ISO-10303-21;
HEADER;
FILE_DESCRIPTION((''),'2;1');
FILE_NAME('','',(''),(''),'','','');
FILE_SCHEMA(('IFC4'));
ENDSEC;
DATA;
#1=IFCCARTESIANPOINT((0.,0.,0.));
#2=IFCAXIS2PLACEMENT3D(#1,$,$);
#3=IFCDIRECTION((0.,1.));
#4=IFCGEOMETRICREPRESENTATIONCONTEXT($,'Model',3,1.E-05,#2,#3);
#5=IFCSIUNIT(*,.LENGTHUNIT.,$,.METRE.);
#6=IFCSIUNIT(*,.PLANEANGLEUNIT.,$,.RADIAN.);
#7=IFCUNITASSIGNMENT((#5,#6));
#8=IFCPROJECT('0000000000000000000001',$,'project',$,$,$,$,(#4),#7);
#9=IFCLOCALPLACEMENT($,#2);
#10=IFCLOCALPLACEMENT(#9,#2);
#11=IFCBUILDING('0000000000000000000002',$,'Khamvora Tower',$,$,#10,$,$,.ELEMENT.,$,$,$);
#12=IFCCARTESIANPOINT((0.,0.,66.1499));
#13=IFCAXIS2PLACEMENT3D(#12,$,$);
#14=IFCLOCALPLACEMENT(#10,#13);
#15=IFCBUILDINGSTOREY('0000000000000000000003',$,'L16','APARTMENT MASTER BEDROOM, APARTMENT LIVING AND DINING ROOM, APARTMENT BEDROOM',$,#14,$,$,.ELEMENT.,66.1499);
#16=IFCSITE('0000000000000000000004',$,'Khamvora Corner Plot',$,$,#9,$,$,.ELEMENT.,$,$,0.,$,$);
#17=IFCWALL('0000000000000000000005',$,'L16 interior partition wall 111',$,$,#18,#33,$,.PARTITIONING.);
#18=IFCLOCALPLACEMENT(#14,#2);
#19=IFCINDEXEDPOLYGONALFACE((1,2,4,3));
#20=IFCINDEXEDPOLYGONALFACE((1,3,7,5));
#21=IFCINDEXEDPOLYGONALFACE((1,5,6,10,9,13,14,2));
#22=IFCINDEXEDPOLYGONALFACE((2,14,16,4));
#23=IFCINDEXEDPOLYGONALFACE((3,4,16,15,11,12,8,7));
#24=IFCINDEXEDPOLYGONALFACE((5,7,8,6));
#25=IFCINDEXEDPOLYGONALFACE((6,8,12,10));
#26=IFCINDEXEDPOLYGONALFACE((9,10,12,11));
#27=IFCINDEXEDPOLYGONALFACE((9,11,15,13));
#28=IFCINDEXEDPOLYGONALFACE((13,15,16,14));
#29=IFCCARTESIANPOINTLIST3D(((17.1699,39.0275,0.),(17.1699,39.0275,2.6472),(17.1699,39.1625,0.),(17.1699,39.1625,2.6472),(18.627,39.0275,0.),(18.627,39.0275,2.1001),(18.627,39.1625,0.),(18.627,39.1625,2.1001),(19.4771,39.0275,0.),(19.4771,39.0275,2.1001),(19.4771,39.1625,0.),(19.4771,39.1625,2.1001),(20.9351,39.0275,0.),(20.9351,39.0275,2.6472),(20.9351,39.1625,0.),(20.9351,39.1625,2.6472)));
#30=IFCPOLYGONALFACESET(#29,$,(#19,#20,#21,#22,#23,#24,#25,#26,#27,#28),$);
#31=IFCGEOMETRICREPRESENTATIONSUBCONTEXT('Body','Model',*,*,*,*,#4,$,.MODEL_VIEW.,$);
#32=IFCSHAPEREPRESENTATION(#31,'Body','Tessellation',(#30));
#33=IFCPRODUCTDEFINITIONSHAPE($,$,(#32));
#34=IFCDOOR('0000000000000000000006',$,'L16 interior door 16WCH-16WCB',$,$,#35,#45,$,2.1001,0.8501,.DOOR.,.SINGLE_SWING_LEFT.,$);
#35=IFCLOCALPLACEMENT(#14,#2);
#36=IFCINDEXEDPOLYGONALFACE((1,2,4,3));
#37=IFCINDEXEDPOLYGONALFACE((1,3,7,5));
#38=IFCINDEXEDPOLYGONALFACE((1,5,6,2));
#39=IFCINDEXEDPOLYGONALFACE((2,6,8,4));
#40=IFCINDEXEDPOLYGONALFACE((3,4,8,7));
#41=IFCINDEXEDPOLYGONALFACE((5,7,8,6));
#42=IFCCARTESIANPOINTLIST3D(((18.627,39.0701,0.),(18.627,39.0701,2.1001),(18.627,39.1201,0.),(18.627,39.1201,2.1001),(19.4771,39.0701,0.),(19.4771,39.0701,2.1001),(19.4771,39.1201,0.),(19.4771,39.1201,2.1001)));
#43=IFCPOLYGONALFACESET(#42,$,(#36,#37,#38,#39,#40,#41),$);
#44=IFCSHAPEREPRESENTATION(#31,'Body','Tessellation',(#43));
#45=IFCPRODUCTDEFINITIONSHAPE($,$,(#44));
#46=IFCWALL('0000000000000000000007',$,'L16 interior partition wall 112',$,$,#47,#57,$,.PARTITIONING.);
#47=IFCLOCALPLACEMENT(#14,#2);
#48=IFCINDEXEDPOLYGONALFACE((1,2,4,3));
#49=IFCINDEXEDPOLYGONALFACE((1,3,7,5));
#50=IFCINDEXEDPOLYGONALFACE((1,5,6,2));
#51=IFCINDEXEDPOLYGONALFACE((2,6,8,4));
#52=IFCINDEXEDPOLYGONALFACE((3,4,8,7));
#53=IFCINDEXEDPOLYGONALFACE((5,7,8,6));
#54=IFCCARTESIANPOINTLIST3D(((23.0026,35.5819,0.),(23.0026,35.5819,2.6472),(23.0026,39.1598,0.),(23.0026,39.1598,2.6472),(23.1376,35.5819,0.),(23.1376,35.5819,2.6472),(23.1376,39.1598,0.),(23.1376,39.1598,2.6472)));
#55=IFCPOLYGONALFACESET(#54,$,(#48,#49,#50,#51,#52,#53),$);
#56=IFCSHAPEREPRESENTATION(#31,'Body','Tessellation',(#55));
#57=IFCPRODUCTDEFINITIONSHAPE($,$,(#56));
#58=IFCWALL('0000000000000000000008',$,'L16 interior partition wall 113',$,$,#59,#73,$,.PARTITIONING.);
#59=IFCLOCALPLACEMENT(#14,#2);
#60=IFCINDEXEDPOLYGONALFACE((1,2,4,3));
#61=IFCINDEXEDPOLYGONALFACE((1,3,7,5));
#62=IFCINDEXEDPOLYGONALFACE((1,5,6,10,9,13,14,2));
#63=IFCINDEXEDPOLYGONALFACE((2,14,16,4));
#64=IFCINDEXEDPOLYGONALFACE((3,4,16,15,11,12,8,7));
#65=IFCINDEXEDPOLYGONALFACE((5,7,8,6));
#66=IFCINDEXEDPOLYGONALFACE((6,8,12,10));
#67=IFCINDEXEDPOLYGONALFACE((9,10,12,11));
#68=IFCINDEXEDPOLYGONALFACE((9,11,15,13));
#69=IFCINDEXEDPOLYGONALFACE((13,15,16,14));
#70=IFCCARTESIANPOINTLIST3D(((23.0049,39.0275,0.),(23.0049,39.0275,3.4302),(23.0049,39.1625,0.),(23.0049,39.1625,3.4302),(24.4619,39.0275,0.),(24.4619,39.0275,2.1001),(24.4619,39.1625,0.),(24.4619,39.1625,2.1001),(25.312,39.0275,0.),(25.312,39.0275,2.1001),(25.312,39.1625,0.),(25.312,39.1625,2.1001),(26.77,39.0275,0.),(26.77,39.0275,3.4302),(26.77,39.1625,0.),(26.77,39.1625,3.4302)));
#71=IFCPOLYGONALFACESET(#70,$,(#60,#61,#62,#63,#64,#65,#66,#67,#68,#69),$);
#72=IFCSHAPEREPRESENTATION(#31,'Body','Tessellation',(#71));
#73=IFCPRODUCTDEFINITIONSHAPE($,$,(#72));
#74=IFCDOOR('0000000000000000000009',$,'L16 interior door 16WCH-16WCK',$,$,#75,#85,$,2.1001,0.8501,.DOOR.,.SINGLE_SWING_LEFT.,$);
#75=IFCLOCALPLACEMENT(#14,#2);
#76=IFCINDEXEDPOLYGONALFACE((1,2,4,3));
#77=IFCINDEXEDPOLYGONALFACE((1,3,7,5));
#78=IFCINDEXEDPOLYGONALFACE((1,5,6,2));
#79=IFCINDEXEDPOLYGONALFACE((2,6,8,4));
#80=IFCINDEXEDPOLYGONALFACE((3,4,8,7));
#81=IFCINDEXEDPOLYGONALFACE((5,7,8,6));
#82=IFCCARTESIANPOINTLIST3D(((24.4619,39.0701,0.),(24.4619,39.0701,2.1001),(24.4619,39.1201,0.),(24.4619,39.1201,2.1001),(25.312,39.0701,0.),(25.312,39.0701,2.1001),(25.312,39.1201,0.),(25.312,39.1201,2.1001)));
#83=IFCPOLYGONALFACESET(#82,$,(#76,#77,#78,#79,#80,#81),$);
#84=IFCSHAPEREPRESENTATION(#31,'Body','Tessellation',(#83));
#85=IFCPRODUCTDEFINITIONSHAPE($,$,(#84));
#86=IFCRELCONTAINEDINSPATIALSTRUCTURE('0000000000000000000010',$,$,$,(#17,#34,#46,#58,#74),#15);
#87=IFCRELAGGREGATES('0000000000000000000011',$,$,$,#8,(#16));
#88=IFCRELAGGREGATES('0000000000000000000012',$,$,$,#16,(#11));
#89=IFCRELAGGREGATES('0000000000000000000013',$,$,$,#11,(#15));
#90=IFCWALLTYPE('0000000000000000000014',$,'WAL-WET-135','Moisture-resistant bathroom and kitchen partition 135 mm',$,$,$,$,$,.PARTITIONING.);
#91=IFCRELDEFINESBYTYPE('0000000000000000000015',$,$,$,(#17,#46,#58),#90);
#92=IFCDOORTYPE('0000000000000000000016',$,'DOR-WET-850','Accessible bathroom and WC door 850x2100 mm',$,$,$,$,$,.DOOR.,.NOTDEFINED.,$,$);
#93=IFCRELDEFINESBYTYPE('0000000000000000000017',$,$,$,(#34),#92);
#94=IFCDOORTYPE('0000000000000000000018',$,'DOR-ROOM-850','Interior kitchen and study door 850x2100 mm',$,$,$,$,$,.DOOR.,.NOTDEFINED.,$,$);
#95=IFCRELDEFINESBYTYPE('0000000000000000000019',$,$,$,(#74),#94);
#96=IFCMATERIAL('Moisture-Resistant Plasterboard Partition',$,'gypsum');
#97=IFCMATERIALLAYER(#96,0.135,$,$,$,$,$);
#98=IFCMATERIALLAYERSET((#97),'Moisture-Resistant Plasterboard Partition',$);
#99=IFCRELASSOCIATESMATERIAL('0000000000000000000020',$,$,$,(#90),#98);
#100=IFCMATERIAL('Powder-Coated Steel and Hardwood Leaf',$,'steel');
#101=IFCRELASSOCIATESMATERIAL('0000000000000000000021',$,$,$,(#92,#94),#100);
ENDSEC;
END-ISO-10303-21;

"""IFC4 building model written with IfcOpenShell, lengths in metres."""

from ifc_helpers import new_model, si_unit, direction, frame, frame_2d, origin, place, context, subcontext, project, spatial, rectangle, extrude, material, layer, layer_set, type_object, element, fill, save


model = new_model("IFC4")

# Units and contexts
model_context = context("Model", 3, precision=1e-05, world=origin(), true_north=direction((0.0, 1.0)))
body_context = subcontext(model_context, "Body", "Model", "MODEL_VIEW")
ifc_project = project(units=[si_unit("LENGTHUNIT", "METRE"), si_unit("PLANEANGLEUNIT", "RADIAN")], contexts=[model_context])

# Site, building, storey
site_placement = place(None, origin())
site = spatial("IfcSite", under=ifc_project, at=site_placement, Name="Khamvora Corner Plot", CompositionType="ELEMENT", RefElevation=0.0)
building_placement = place(site_placement, origin())
building = spatial("IfcBuilding", under=site, at=building_placement, Name="Khamvora Tower", CompositionType="ELEMENT")
storey_placement = place(building_placement, frame((0.0, 0.0, 66.1499)))
storey = spatial("IfcBuildingStorey", under=building, at=storey_placement, Name="L16", Description="APARTMENT MASTER BEDROOM, APARTMENT LIVING AND DINING ROOM, APARTMENT BEDROOM", CompositionType="ELEMENT", Elevation=66.1499)

# Shared definitions
ifc_material_1 = material(Name="Powder-Coated Steel and Hardwood Leaf", Category="steel")

# Wall, opening, door
ifc_material_2 = material(Name="Moisture-Resistant Plasterboard Partition", Category="gypsum")
ifc_layer_1 = layer(ifc_material_2, 0.135)
ifc_layer_set_1 = layer_set([ifc_layer_1], Name="Moisture-Resistant Plasterboard Partition")
wall_type_1 = type_object("IfcWallType", Name="WAL-WET-135", Description="Moisture-resistant bathroom and kitchen partition 135 mm", PredefinedType="PARTITIONING", material=ifc_layer_set_1)
wall_1_placement = place(storey_placement, frame((20.9351, 39.095, 0.0), z_axis=(0.0, 0.0, 1.0), x_axis=(-1.0, 0.0, 0.0)))
wall_1 = element("IfcWall", 1, at=wall_1_placement, inside=storey, type_object=wall_type_1, Name="L16 interior partition wall 111", PredefinedType="PARTITIONING", context=body_context, shape_type="SweptSolid", body=[
    extrude(rectangle(XDim=3.7651, YDim=0.135, at=frame_2d((1.8826, 0.0))), origin(), (0.0, 0.0, 1.0), 2.6472),
])
opening_1_placement = place(wall_1_placement, frame((1.458, 0.0, 0.0)))
opening_1 = element("IfcOpeningElement", 2, at=opening_1_placement, cuts=wall_1, PredefinedType="OPENING", context=body_context, shape_type="SweptSolid", body=[
    extrude(rectangle(XDim=0.8501, YDim=2.1001, at=frame_2d((0.425, 1.05))), frame((0.0, 0.0774, 0.0), z_axis=(0.0, -1.0, 0.0), x_axis=(1.0, 0.0, 0.0)), (0.0, 0.0, 1.0), 0.155),
])
door_type_1 = type_object("IfcDoorType", Name="DOR-WET-850", Description="Accessible bathroom and WC door 850x2100 mm", OperationType="NOTDEFINED", PredefinedType="DOOR", material=ifc_material_1)
door_1_placement = place(opening_1_placement, origin())
door_1 = element("IfcDoor", 3, at=door_1_placement, inside=storey, type_object=door_type_1, Name="L16 interior door 16WCH-16WCB", OperationType="SINGLE_SWING_LEFT", OverallHeight=2.1001, OverallWidth=0.8501, PredefinedType="DOOR", context=body_context, shape_type="SweptSolid", body=[
    extrude(rectangle(XDim=0.8501, YDim=2.1001, at=frame_2d((0.425, 1.05))), frame((0.0, 0.0249, 0.0), z_axis=(0.0, -1.0, 0.0), x_axis=(1.0, 0.0, 0.0)), (0.0, 0.0, 1.0), 0.05),
])
fill(opening_1, door_1)

# Wall
wall_2_placement = place(storey_placement, frame((23.0701, 39.1599, 0.0), z_axis=(0.0, 0.0, 1.0), x_axis=(0.0, -1.0, 0.0)))
element("IfcWall", 4, at=wall_2_placement, inside=storey, type_object=wall_type_1, Name="L16 interior partition wall 112", PredefinedType="PARTITIONING", context=body_context, shape_type="SweptSolid", body=[
    extrude(rectangle(XDim=3.5779, YDim=0.135, at=frame_2d((1.7891, 0.0))), origin(), (0.0, 0.0, 1.0), 2.6472),
])

# Wall, opening, door
wall_3_placement = place(storey_placement, frame((26.77, 39.095, 0.0), z_axis=(0.0, 0.0, 1.0), x_axis=(-1.0, 0.0, 0.0)))
wall_3 = element("IfcWall", 5, at=wall_3_placement, inside=storey, type_object=wall_type_1, Name="L16 interior partition wall 113", PredefinedType="PARTITIONING", context=body_context, shape_type="SweptSolid", body=[
    extrude(rectangle(XDim=3.7651, YDim=0.135, at=frame_2d((1.8826, 0.0))), origin(), (0.0, 0.0, 1.0), 3.4302),
])
opening_2_placement = place(wall_3_placement, frame((1.458, 0.0, 0.0)))
opening_2 = element("IfcOpeningElement", 6, at=opening_2_placement, cuts=wall_3, PredefinedType="OPENING", context=body_context, shape_type="SweptSolid", body=[
    extrude(rectangle(XDim=0.8501, YDim=2.1001, at=frame_2d((0.425, 1.05))), frame((0.0, 0.0774, 0.0), z_axis=(0.0, -1.0, 0.0), x_axis=(1.0, 0.0, 0.0)), (0.0, 0.0, 1.0), 0.155),
])
door_type_2 = type_object("IfcDoorType", Name="DOR-ROOM-850", Description="Interior kitchen and study door 850x2100 mm", OperationType="NOTDEFINED", PredefinedType="DOOR", material=ifc_material_1)
door_2_placement = place(opening_2_placement, origin())
door_2 = element("IfcDoor", 7, at=door_2_placement, inside=storey, type_object=door_type_2, Name="L16 interior door 16WCH-16WCK", OperationType="SINGLE_SWING_LEFT", OverallHeight=2.1001, OverallWidth=0.8501, PredefinedType="DOOR", context=body_context, shape_type="SweptSolid", body=[
    extrude(rectangle(XDim=0.8501, YDim=2.1001, at=frame_2d((0.425, 1.05))), frame((0.0, 0.0249, 0.0), z_axis=(0.0, -1.0, 0.0), x_axis=(1.0, 0.0, 0.0)), (0.0, 0.0, 1.0), 0.05),
])
fill(opening_2, door_2)

save(model, "model.ifc")
